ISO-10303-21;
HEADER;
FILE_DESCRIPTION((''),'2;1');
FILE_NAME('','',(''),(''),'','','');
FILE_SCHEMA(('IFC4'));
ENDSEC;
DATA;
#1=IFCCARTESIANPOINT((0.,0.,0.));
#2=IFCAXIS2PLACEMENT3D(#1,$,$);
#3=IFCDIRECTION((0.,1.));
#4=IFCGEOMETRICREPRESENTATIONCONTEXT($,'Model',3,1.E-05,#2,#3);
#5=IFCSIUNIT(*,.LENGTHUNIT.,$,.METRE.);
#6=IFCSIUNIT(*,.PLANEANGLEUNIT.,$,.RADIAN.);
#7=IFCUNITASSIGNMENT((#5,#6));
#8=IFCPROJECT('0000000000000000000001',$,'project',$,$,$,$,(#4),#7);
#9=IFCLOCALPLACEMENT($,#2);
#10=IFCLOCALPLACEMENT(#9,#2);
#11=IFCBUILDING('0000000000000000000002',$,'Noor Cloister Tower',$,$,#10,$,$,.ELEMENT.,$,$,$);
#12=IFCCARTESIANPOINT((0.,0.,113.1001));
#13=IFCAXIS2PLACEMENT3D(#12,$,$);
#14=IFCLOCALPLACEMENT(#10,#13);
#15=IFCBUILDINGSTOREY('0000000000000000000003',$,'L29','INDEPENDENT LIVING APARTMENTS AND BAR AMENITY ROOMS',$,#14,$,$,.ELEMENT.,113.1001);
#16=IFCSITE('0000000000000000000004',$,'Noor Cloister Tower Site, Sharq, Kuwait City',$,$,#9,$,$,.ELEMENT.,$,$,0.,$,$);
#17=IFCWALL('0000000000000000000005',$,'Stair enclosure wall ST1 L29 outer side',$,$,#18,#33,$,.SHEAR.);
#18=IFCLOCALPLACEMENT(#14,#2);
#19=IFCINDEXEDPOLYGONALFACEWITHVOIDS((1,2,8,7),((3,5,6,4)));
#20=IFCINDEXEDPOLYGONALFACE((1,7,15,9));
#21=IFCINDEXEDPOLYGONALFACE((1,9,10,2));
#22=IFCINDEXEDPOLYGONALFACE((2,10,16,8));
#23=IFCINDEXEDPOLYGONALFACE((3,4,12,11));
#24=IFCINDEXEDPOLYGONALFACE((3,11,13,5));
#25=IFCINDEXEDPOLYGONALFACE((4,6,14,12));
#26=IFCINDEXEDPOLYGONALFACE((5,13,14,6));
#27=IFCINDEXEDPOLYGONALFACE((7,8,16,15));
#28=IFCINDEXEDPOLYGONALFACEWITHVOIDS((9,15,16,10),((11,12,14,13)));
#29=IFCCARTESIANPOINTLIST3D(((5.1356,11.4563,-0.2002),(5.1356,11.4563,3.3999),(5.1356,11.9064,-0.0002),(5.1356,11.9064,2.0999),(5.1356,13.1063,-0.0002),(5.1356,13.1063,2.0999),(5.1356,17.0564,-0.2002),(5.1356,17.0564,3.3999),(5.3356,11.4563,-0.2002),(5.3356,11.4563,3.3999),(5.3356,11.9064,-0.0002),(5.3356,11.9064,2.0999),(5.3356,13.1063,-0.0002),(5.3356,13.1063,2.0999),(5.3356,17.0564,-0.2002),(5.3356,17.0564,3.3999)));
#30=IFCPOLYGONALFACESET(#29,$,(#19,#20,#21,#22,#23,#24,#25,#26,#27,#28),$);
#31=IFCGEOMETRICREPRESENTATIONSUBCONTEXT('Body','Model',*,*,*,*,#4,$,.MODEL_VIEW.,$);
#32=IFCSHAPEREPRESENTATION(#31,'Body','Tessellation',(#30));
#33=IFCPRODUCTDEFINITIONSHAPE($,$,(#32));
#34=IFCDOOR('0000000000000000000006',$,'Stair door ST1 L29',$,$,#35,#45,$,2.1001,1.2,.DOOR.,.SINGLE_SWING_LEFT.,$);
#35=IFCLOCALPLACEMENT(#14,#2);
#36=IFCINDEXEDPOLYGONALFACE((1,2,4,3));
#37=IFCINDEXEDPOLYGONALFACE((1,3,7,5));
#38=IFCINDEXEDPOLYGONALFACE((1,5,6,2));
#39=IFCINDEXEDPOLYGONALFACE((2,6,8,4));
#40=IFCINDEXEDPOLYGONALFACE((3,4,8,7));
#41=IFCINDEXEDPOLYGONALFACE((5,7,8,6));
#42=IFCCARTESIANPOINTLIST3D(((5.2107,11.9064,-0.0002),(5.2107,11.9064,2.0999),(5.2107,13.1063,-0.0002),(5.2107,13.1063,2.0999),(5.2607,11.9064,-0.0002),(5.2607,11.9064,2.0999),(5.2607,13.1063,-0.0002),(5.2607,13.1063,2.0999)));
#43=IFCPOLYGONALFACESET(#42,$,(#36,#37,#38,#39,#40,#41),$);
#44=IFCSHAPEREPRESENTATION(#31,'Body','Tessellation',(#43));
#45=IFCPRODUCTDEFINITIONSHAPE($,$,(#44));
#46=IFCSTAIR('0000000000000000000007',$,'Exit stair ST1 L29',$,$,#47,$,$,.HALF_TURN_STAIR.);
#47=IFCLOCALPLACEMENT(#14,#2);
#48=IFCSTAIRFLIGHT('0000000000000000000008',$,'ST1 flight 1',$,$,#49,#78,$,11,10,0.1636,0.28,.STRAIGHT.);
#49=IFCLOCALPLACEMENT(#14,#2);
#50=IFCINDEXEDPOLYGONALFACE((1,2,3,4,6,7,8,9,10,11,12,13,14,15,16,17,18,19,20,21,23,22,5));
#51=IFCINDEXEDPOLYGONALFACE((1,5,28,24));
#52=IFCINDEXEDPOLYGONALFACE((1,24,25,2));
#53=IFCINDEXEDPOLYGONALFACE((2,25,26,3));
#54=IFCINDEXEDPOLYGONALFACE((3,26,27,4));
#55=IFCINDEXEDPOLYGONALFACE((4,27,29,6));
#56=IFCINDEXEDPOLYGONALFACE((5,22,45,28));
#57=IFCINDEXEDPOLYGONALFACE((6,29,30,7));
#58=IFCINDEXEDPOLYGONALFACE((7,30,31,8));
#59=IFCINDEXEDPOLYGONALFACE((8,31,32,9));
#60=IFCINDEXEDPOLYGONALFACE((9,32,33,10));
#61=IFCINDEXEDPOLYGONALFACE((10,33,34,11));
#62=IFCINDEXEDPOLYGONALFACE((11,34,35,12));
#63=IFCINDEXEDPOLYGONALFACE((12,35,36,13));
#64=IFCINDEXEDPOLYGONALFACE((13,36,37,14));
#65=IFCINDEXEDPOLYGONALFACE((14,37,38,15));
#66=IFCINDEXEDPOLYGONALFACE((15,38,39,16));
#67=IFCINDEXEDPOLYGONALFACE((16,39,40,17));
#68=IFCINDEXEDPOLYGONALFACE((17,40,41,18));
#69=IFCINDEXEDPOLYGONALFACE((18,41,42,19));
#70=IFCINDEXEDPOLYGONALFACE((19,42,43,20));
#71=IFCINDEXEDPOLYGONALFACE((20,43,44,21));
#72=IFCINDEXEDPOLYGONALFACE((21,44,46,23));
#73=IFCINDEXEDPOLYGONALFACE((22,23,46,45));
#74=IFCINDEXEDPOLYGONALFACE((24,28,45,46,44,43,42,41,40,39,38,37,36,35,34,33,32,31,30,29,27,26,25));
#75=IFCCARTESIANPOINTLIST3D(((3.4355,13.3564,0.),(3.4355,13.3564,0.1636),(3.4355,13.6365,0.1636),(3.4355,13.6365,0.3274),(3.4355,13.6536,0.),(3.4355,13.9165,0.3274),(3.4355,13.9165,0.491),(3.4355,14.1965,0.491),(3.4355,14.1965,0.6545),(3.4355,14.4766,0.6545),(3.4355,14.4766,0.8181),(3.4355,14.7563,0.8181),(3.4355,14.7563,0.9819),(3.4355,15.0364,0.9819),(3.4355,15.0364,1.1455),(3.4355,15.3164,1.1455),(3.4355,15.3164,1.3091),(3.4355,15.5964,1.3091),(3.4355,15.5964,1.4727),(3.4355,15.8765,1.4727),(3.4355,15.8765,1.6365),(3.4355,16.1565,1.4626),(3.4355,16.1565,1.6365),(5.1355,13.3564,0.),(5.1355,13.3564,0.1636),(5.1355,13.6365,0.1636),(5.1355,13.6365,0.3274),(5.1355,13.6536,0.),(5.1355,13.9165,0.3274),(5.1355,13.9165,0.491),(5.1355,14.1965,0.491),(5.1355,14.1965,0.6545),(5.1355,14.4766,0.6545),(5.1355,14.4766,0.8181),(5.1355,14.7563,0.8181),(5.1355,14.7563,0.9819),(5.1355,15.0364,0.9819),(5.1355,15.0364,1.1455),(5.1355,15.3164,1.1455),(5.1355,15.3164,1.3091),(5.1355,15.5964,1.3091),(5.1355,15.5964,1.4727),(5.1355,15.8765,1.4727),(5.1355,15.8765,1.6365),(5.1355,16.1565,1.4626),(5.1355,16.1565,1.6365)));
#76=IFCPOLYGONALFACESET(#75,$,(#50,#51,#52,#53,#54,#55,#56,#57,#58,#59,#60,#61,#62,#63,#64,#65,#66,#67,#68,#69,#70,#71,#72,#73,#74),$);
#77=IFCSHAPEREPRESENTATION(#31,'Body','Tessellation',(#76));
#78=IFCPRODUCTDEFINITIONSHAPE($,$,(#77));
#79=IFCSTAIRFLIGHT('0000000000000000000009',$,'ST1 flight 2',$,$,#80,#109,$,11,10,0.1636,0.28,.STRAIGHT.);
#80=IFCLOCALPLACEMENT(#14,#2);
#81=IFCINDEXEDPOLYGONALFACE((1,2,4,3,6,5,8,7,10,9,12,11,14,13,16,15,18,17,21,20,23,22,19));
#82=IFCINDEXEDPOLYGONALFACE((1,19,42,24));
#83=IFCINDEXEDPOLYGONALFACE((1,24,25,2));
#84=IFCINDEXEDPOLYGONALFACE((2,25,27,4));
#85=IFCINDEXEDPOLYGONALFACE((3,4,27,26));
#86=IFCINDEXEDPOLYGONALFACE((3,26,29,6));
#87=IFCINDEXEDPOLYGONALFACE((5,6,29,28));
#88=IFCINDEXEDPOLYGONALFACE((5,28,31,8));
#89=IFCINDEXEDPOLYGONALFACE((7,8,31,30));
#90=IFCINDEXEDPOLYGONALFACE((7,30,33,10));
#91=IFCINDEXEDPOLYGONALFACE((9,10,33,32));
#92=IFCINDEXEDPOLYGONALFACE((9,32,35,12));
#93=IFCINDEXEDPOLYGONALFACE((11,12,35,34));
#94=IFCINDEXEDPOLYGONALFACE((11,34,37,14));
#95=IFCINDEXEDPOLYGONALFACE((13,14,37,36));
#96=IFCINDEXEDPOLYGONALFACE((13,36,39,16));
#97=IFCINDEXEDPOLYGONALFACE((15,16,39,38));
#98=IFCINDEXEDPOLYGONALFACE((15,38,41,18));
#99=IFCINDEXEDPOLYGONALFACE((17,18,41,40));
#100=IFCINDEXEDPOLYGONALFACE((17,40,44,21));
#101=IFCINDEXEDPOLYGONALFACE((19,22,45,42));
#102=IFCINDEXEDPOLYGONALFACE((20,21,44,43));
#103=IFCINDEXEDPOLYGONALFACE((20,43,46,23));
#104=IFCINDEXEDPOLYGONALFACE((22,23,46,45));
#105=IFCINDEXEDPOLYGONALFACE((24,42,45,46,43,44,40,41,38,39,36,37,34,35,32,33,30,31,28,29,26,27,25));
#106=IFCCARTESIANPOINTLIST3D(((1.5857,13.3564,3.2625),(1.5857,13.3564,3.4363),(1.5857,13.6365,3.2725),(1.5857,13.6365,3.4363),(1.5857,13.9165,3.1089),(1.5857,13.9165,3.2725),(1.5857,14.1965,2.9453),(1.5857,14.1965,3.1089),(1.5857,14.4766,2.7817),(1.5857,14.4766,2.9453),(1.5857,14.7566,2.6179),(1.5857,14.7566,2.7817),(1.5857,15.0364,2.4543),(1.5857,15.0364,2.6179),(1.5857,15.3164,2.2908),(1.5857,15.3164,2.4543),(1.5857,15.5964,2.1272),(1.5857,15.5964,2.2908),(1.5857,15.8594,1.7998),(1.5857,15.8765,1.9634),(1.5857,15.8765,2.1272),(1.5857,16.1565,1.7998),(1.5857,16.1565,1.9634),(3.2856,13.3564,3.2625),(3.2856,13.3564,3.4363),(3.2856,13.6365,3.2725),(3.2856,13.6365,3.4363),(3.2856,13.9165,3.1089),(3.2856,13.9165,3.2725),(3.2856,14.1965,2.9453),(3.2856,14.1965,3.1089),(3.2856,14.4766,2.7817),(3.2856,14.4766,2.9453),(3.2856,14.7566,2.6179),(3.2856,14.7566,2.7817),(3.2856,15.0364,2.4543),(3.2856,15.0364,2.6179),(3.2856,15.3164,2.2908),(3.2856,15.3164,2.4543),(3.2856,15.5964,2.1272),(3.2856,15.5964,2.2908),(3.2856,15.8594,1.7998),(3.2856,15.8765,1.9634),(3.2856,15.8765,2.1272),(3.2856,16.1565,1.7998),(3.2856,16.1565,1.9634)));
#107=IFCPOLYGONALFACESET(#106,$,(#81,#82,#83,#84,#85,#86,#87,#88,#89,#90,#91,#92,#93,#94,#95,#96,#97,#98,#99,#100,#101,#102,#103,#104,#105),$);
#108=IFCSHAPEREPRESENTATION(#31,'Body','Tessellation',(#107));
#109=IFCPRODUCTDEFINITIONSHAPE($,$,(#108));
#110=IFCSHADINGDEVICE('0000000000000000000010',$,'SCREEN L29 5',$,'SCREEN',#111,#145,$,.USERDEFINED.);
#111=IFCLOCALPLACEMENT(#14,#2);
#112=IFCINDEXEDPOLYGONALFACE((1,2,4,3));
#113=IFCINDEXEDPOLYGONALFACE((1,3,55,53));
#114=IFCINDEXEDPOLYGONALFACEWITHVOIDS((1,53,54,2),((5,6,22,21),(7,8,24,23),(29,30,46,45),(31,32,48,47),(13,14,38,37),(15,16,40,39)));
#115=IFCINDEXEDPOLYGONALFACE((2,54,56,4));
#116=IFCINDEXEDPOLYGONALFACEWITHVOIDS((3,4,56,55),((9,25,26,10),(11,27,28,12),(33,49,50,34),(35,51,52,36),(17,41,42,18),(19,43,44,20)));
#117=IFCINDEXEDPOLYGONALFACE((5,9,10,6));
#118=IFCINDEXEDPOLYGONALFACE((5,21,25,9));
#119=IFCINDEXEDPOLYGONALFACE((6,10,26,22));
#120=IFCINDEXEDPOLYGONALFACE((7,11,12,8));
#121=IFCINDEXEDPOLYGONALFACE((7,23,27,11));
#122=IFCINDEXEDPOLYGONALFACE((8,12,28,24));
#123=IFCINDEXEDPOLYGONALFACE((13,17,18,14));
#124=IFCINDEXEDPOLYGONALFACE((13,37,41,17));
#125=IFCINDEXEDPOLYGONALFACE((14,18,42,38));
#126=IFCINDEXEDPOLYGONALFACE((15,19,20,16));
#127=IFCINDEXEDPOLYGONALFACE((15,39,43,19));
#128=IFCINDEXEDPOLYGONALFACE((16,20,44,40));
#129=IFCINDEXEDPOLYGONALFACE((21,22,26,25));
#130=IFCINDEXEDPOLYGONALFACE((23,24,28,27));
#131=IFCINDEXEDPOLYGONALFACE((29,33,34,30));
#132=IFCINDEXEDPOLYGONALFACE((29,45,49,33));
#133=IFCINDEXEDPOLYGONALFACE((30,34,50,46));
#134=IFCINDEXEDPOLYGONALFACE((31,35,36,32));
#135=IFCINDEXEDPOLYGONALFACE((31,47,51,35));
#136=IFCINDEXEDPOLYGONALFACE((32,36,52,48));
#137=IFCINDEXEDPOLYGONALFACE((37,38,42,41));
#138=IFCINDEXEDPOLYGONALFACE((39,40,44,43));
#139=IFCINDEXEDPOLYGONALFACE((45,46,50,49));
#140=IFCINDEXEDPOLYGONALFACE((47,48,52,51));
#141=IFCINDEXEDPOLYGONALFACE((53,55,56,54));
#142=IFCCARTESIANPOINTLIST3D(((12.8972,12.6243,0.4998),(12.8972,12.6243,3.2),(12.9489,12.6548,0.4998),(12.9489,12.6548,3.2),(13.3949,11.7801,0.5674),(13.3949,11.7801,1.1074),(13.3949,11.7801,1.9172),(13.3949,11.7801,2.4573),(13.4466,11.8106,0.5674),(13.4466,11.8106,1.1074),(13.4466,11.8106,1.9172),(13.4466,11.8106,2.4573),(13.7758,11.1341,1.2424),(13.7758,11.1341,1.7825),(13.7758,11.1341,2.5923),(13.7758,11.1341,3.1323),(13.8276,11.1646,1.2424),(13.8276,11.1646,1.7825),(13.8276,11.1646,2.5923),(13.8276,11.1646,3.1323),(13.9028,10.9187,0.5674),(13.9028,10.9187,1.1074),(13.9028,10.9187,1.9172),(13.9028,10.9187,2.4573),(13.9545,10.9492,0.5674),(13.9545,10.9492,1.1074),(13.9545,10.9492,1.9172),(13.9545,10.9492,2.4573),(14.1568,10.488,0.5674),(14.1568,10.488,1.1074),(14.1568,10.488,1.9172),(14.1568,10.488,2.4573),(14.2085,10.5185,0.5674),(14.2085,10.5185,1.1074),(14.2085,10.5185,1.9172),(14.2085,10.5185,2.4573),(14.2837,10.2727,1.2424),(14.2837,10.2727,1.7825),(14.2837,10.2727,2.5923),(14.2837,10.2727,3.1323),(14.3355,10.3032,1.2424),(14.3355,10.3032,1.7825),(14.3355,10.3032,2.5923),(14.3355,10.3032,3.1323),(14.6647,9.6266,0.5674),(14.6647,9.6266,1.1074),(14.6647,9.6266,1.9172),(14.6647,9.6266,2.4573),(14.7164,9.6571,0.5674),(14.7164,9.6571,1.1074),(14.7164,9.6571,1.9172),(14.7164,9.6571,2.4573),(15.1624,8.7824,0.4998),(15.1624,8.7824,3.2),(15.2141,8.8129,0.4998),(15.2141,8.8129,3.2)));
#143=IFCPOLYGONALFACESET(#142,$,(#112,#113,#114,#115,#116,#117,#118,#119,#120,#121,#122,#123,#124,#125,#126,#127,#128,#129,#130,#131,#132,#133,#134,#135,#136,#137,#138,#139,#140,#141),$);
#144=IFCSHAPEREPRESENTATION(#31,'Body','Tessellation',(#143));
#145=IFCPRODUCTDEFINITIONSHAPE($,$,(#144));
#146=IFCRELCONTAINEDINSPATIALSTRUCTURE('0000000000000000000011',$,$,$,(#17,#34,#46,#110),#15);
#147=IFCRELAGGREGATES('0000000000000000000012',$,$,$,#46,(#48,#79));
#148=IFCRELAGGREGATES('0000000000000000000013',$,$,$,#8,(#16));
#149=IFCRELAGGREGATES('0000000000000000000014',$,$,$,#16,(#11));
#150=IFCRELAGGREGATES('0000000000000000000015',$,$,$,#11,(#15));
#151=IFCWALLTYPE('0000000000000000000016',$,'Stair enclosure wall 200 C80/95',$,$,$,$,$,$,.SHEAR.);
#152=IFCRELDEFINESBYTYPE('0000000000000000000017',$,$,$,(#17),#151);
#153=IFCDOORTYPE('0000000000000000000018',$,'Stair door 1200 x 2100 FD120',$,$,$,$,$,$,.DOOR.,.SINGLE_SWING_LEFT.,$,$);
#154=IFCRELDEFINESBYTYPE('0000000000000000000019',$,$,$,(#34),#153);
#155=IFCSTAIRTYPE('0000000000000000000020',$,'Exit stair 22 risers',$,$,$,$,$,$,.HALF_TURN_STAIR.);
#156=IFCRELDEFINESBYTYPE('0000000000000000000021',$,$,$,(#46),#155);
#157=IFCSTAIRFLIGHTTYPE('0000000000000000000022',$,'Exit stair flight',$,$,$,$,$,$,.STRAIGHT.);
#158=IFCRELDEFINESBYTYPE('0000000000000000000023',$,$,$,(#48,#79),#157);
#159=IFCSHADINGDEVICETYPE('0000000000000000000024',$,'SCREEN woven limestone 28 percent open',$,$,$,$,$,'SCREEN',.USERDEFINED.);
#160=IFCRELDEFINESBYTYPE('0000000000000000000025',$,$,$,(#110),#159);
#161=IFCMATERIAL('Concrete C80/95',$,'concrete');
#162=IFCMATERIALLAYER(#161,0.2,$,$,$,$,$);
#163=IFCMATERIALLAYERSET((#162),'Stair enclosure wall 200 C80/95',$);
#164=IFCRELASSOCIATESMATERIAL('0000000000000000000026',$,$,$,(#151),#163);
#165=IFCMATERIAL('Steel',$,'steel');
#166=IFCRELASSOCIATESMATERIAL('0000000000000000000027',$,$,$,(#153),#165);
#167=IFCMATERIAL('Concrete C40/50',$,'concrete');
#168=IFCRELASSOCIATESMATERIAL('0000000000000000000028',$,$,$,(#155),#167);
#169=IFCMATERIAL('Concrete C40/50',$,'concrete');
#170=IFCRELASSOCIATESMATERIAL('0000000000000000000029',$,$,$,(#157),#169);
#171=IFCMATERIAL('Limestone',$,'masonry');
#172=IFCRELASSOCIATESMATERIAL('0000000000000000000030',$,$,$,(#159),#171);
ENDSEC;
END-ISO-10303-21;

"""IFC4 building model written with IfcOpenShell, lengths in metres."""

from ifc_helpers import new_model, si_unit, direction, frame, frame_2d, origin, place, context, subcontext, project, spatial, polyline, rectangle, outline, extrude, material, layer, layer_set, material_profile, profile_set, type_object, element, fill, aggregate, save


model = new_model("IFC4")

# Units and contexts
model_context = context("Model", 3, precision=1e-05, world=origin(), true_north=direction((0.0, 1.0)))
body_context = subcontext(model_context, "Body", "Model", "MODEL_VIEW")
ifc_project = project(units=[si_unit("LENGTHUNIT", "METRE"), si_unit("PLANEANGLEUNIT", "RADIAN")], contexts=[model_context])

# Site, building, storey
site_placement = place(None, origin())
site = spatial("IfcSite", under=ifc_project, at=site_placement, Name="Noor Cloister Tower Site, Sharq, Kuwait City", CompositionType="ELEMENT", RefElevation=0.0)
building_placement = place(site_placement, origin())
building = spatial("IfcBuilding", under=site, at=building_placement, Name="Noor Cloister Tower", CompositionType="ELEMENT")
storey_placement = place(building_placement, frame((0.0, 0.0, 113.1001)))
storey = spatial("IfcBuildingStorey", under=building, at=storey_placement, Name="L29", Description="INDEPENDENT LIVING APARTMENTS AND BAR AMENITY ROOMS", CompositionType="ELEMENT", Elevation=113.1001)

# Wall, opening, door
ifc_material_1 = material(Name="Concrete C80/95", Category="concrete")
ifc_layer_1 = layer(ifc_material_1, 0.2)
ifc_layer_set_1 = layer_set([ifc_layer_1], Name="Stair enclosure wall 200 C80/95")
wall_type_1 = type_object("IfcWallType", Name="Stair enclosure wall 200 C80/95", PredefinedType="SHEAR", material=ifc_layer_set_1)
ifc_material_2 = material(Name="Steel", Category="steel")
door_type_1 = type_object("IfcDoorType", Name="Stair door 1200 x 2100 FD120", OperationType="SINGLE_SWING_LEFT", PredefinedType="DOOR", material=ifc_material_2)
wall_1_placement = place(storey_placement, frame((5.2356, 11.4563, -0.2002), z_axis=(0.0, 0.0, 1.0), x_axis=(0.0, 1.0, 0.0)))
wall_1 = element("IfcWall", 1, at=wall_1_placement, inside=storey, type_object=wall_type_1, Name="Stair enclosure wall ST1 L29 outer side", PredefinedType="SHEAR", context=body_context, shape_type="SweptSolid", body=[
    extrude(rectangle(XDim=5.6001, YDim=0.2, at=frame_2d((2.8, 0.0))), origin(), (0.0, 0.0, 1.0), 3.6001),
])
opening_1_placement = place(wall_1_placement, frame((0.45, 0.0, 0.2)))
opening_1 = element("IfcOpeningElement", 2, at=opening_1_placement, cuts=wall_1, PredefinedType="OPENING", context=body_context, shape_type="SweptSolid", body=[
    extrude(rectangle(XDim=1.2, YDim=2.1001, at=frame_2d((0.6001, 1.05))), frame((0.0, 0.1099, 0.0), z_axis=(0.0, -1.0, 0.0), x_axis=(1.0, 0.0, 0.0)), (0.0, 0.0, 1.0), 0.22),
])
door_1_placement = place(opening_1_placement, origin())
door_1 = element("IfcDoor", 3, at=door_1_placement, inside=storey, type_object=door_type_1, Name="Stair door ST1 L29", OperationType="SINGLE_SWING_LEFT", OverallHeight=2.1001, OverallWidth=1.2, PredefinedType="DOOR", context=body_context, shape_type="SweptSolid", body=[
    extrude(rectangle(XDim=1.2, YDim=2.1001, at=frame_2d((0.6001, 1.05))), frame((0.0, 0.0249, 0.0), z_axis=(0.0, -1.0, 0.0), x_axis=(1.0, 0.0, 0.0)), (0.0, 0.0, 1.0), 0.05),
])
fill(opening_1, door_1)

# Stair, stair flights
ifc_material_3 = material(Name="Concrete C40/50", Category="concrete")
stair_type = type_object("IfcStairType", Name="Exit stair 22 risers", PredefinedType="HALF_TURN_STAIR", material=ifc_material_3)
stair_placement = place(storey_placement, origin())
stair = element("IfcStair", 4, at=stair_placement, inside=storey, type_object=stair_type, Name="Exit stair ST1 L29", PredefinedType="HALF_TURN_STAIR")
ifc_material_4 = material(Name="Concrete C40/50", Category="concrete")
stair_flight_type = type_object("IfcStairFlightType", Name="Exit stair flight", PredefinedType="STRAIGHT", material=ifc_material_4)
stair_flight_1_placement = place(storey_placement, frame((4.2856, 13.3564, 0.0), z_axis=(0.0, 0.0, 1.0), x_axis=(0.0, 1.0, 0.0)))
stair_flight_1 = element("IfcStairFlight", 5, at=stair_flight_1_placement, type_object=stair_flight_type, Name="ST1 flight 1", NumberOfRisers=11, NumberOfTreads=10, PredefinedType="STRAIGHT", RiserHeight=0.1636, TreadLength=0.28, context=body_context, shape_type="SweptSolid", body=[
    extrude(outline(polyline([(0.0, 0.0), (0.0, 0.1636), (0.28, 0.1636), (0.28, 0.3274), (0.5601, 0.3274), (0.5601, 0.491), (0.8401, 0.491), (0.8401, 0.6545), (1.1201, 0.6545), (1.1201, 0.8181), (1.3999, 0.8181), (1.3999, 0.9819), (1.6799, 0.9819), (1.6799, 1.1455), (1.96, 1.1455), (1.96, 1.3091), (2.24, 1.3091), (2.24, 1.4727), (2.52, 1.4727), (2.52, 1.6365), (2.8, 1.6365), (2.8, 1.8), (2.8, 1.4626), (0.2971, 0.0), (0.0, 0.0)])), frame((0.0, 0.8501, 0.0), z_axis=(0.0, -1.0, 0.0), x_axis=(1.0, 0.0, 0.0)), (0.0, 0.0, 1.0), 1.7),
])
stair_flight_2_placement = place(storey_placement, frame((2.4355, 16.1565, 1.7998), z_axis=(0.0, 0.0, 1.0), x_axis=(0.0, -1.0, 0.0)))
stair_flight_2 = element("IfcStairFlight", 6, at=stair_flight_2_placement, type_object=stair_flight_type, Name="ST1 flight 2", NumberOfRisers=11, NumberOfTreads=10, PredefinedType="STRAIGHT", RiserHeight=0.1636, TreadLength=0.28, context=body_context, shape_type="SweptSolid", body=[
    extrude(outline(polyline([(0.0, 0.0), (0.0, 0.1636), (0.28, 0.1636), (0.28, 0.3274), (0.5601, 0.3274), (0.5601, 0.491), (0.8401, 0.491), (0.8401, 0.6545), (1.1201, 0.6545), (1.1201, 0.8181), (1.3999, 0.8181), (1.3999, 0.9819), (1.6799, 0.9819), (1.6799, 1.1455), (1.96, 1.1455), (1.96, 1.3091), (2.24, 1.3091), (2.24, 1.4727), (2.52, 1.4727), (2.52, 1.6365), (2.8, 1.6365), (2.8, 1.8), (2.8, 1.4626), (0.2971, 0.0), (0.0, 0.0)])), frame((0.0, 0.8501, 0.0), z_axis=(0.0, -1.0, 0.0), x_axis=(1.0, 0.0, 0.0)), (0.0, 0.0, 1.0), 1.7),
])
aggregate(stair, [stair_flight_1, stair_flight_2])

# Shading device
ifc_material_5 = material(Name="Limestone", Category="masonry")
ifc_material_profile_1 = material_profile(ifc_material_5, outline(polyline([(-2.23, -1.3501), (2.23, -1.3501), (2.23, 1.3501), (-2.23, 1.3501), (-2.23, -1.3501)]), holes=[polyline([(-1.25, -1.2825), (-0.25, -1.2825), (-0.25, -0.7424), (-1.25, -0.7424), (-1.25, -1.2825)]), polyline([(0.25, -1.2825), (1.25, -1.2825), (1.25, -0.7424), (0.25, -0.7424), (0.25, -1.2825)]), polyline([(-0.5, -0.6074), (0.5, -0.6074), (0.5, -0.0674), (-0.5, -0.0674), (-0.5, -0.6074)]), polyline([(-1.25, 0.0674), (-0.25, 0.0674), (-0.25, 0.6074), (-1.25, 0.6074), (-1.25, 0.0674)]), polyline([(0.25, 0.0674), (1.25, 0.0674), (1.25, 0.6074), (0.25, 0.6074), (0.25, 0.0674)]), polyline([(-0.5, 0.7424), (0.5, 0.7424), (0.5, 1.2825), (-0.5, 1.2825), (-0.5, 0.7424)])]), Name="Woven screen 28 percent open")
ifc_profile_set_1 = profile_set([ifc_material_profile_1], Name="Limestone")
shading_device_type = type_object("IfcShadingDeviceType", Name="SCREEN woven limestone 28 percent open", ElementType="SCREEN", PredefinedType="USERDEFINED", material=ifc_profile_set_1)
for number, where, z_axis, x_axis, name in (
    (7, (14.0298, 10.7034, 1.8499), (0.861411, 0.507908, 0.0), (-0.507908, 0.861411, 0.0), "SCREEN L29 5"),
):
    element("IfcShadingDevice", number, at=place(storey_placement, frame(where, z_axis=z_axis, x_axis=x_axis)), inside=storey, type_object=shading_device_type, Name=name, ObjectType="SCREEN", PredefinedType="USERDEFINED", context=body_context, shape_type="SweptSolid", body=[
        extrude(outline(polyline([(-2.23, -1.3501), (2.23, -1.3501), (2.23, 1.3501), (-2.23, 1.3501), (-2.23, -1.3501)]), holes=[polyline([(-1.25, -1.2825), (-0.25, -1.2825), (-0.25, -0.7424), (-1.25, -0.7424), (-1.25, -1.2825)]), polyline([(0.25, -1.2825), (1.25, -1.2825), (1.25, -0.7424), (0.25, -0.7424), (0.25, -1.2825)]), polyline([(-0.5, -0.6074), (0.5, -0.6074), (0.5, -0.0674), (-0.5, -0.0674), (-0.5, -0.6074)]), polyline([(-1.25, 0.0674), (-0.25, 0.0674), (-0.25, 0.6074), (-1.25, 0.6074), (-1.25, 0.0674)]), polyline([(0.25, 0.0674), (1.25, 0.0674), (1.25, 0.6074), (0.25, 0.6074), (0.25, 0.0674)]), polyline([(-0.5, 0.7424), (0.5, 0.7424), (0.5, 1.2825), (-0.5, 1.2825), (-0.5, 0.7424)])]), origin(), (0.0, 0.0, 1.0), 0.0601),
    ])

save(model, "model.ifc")
